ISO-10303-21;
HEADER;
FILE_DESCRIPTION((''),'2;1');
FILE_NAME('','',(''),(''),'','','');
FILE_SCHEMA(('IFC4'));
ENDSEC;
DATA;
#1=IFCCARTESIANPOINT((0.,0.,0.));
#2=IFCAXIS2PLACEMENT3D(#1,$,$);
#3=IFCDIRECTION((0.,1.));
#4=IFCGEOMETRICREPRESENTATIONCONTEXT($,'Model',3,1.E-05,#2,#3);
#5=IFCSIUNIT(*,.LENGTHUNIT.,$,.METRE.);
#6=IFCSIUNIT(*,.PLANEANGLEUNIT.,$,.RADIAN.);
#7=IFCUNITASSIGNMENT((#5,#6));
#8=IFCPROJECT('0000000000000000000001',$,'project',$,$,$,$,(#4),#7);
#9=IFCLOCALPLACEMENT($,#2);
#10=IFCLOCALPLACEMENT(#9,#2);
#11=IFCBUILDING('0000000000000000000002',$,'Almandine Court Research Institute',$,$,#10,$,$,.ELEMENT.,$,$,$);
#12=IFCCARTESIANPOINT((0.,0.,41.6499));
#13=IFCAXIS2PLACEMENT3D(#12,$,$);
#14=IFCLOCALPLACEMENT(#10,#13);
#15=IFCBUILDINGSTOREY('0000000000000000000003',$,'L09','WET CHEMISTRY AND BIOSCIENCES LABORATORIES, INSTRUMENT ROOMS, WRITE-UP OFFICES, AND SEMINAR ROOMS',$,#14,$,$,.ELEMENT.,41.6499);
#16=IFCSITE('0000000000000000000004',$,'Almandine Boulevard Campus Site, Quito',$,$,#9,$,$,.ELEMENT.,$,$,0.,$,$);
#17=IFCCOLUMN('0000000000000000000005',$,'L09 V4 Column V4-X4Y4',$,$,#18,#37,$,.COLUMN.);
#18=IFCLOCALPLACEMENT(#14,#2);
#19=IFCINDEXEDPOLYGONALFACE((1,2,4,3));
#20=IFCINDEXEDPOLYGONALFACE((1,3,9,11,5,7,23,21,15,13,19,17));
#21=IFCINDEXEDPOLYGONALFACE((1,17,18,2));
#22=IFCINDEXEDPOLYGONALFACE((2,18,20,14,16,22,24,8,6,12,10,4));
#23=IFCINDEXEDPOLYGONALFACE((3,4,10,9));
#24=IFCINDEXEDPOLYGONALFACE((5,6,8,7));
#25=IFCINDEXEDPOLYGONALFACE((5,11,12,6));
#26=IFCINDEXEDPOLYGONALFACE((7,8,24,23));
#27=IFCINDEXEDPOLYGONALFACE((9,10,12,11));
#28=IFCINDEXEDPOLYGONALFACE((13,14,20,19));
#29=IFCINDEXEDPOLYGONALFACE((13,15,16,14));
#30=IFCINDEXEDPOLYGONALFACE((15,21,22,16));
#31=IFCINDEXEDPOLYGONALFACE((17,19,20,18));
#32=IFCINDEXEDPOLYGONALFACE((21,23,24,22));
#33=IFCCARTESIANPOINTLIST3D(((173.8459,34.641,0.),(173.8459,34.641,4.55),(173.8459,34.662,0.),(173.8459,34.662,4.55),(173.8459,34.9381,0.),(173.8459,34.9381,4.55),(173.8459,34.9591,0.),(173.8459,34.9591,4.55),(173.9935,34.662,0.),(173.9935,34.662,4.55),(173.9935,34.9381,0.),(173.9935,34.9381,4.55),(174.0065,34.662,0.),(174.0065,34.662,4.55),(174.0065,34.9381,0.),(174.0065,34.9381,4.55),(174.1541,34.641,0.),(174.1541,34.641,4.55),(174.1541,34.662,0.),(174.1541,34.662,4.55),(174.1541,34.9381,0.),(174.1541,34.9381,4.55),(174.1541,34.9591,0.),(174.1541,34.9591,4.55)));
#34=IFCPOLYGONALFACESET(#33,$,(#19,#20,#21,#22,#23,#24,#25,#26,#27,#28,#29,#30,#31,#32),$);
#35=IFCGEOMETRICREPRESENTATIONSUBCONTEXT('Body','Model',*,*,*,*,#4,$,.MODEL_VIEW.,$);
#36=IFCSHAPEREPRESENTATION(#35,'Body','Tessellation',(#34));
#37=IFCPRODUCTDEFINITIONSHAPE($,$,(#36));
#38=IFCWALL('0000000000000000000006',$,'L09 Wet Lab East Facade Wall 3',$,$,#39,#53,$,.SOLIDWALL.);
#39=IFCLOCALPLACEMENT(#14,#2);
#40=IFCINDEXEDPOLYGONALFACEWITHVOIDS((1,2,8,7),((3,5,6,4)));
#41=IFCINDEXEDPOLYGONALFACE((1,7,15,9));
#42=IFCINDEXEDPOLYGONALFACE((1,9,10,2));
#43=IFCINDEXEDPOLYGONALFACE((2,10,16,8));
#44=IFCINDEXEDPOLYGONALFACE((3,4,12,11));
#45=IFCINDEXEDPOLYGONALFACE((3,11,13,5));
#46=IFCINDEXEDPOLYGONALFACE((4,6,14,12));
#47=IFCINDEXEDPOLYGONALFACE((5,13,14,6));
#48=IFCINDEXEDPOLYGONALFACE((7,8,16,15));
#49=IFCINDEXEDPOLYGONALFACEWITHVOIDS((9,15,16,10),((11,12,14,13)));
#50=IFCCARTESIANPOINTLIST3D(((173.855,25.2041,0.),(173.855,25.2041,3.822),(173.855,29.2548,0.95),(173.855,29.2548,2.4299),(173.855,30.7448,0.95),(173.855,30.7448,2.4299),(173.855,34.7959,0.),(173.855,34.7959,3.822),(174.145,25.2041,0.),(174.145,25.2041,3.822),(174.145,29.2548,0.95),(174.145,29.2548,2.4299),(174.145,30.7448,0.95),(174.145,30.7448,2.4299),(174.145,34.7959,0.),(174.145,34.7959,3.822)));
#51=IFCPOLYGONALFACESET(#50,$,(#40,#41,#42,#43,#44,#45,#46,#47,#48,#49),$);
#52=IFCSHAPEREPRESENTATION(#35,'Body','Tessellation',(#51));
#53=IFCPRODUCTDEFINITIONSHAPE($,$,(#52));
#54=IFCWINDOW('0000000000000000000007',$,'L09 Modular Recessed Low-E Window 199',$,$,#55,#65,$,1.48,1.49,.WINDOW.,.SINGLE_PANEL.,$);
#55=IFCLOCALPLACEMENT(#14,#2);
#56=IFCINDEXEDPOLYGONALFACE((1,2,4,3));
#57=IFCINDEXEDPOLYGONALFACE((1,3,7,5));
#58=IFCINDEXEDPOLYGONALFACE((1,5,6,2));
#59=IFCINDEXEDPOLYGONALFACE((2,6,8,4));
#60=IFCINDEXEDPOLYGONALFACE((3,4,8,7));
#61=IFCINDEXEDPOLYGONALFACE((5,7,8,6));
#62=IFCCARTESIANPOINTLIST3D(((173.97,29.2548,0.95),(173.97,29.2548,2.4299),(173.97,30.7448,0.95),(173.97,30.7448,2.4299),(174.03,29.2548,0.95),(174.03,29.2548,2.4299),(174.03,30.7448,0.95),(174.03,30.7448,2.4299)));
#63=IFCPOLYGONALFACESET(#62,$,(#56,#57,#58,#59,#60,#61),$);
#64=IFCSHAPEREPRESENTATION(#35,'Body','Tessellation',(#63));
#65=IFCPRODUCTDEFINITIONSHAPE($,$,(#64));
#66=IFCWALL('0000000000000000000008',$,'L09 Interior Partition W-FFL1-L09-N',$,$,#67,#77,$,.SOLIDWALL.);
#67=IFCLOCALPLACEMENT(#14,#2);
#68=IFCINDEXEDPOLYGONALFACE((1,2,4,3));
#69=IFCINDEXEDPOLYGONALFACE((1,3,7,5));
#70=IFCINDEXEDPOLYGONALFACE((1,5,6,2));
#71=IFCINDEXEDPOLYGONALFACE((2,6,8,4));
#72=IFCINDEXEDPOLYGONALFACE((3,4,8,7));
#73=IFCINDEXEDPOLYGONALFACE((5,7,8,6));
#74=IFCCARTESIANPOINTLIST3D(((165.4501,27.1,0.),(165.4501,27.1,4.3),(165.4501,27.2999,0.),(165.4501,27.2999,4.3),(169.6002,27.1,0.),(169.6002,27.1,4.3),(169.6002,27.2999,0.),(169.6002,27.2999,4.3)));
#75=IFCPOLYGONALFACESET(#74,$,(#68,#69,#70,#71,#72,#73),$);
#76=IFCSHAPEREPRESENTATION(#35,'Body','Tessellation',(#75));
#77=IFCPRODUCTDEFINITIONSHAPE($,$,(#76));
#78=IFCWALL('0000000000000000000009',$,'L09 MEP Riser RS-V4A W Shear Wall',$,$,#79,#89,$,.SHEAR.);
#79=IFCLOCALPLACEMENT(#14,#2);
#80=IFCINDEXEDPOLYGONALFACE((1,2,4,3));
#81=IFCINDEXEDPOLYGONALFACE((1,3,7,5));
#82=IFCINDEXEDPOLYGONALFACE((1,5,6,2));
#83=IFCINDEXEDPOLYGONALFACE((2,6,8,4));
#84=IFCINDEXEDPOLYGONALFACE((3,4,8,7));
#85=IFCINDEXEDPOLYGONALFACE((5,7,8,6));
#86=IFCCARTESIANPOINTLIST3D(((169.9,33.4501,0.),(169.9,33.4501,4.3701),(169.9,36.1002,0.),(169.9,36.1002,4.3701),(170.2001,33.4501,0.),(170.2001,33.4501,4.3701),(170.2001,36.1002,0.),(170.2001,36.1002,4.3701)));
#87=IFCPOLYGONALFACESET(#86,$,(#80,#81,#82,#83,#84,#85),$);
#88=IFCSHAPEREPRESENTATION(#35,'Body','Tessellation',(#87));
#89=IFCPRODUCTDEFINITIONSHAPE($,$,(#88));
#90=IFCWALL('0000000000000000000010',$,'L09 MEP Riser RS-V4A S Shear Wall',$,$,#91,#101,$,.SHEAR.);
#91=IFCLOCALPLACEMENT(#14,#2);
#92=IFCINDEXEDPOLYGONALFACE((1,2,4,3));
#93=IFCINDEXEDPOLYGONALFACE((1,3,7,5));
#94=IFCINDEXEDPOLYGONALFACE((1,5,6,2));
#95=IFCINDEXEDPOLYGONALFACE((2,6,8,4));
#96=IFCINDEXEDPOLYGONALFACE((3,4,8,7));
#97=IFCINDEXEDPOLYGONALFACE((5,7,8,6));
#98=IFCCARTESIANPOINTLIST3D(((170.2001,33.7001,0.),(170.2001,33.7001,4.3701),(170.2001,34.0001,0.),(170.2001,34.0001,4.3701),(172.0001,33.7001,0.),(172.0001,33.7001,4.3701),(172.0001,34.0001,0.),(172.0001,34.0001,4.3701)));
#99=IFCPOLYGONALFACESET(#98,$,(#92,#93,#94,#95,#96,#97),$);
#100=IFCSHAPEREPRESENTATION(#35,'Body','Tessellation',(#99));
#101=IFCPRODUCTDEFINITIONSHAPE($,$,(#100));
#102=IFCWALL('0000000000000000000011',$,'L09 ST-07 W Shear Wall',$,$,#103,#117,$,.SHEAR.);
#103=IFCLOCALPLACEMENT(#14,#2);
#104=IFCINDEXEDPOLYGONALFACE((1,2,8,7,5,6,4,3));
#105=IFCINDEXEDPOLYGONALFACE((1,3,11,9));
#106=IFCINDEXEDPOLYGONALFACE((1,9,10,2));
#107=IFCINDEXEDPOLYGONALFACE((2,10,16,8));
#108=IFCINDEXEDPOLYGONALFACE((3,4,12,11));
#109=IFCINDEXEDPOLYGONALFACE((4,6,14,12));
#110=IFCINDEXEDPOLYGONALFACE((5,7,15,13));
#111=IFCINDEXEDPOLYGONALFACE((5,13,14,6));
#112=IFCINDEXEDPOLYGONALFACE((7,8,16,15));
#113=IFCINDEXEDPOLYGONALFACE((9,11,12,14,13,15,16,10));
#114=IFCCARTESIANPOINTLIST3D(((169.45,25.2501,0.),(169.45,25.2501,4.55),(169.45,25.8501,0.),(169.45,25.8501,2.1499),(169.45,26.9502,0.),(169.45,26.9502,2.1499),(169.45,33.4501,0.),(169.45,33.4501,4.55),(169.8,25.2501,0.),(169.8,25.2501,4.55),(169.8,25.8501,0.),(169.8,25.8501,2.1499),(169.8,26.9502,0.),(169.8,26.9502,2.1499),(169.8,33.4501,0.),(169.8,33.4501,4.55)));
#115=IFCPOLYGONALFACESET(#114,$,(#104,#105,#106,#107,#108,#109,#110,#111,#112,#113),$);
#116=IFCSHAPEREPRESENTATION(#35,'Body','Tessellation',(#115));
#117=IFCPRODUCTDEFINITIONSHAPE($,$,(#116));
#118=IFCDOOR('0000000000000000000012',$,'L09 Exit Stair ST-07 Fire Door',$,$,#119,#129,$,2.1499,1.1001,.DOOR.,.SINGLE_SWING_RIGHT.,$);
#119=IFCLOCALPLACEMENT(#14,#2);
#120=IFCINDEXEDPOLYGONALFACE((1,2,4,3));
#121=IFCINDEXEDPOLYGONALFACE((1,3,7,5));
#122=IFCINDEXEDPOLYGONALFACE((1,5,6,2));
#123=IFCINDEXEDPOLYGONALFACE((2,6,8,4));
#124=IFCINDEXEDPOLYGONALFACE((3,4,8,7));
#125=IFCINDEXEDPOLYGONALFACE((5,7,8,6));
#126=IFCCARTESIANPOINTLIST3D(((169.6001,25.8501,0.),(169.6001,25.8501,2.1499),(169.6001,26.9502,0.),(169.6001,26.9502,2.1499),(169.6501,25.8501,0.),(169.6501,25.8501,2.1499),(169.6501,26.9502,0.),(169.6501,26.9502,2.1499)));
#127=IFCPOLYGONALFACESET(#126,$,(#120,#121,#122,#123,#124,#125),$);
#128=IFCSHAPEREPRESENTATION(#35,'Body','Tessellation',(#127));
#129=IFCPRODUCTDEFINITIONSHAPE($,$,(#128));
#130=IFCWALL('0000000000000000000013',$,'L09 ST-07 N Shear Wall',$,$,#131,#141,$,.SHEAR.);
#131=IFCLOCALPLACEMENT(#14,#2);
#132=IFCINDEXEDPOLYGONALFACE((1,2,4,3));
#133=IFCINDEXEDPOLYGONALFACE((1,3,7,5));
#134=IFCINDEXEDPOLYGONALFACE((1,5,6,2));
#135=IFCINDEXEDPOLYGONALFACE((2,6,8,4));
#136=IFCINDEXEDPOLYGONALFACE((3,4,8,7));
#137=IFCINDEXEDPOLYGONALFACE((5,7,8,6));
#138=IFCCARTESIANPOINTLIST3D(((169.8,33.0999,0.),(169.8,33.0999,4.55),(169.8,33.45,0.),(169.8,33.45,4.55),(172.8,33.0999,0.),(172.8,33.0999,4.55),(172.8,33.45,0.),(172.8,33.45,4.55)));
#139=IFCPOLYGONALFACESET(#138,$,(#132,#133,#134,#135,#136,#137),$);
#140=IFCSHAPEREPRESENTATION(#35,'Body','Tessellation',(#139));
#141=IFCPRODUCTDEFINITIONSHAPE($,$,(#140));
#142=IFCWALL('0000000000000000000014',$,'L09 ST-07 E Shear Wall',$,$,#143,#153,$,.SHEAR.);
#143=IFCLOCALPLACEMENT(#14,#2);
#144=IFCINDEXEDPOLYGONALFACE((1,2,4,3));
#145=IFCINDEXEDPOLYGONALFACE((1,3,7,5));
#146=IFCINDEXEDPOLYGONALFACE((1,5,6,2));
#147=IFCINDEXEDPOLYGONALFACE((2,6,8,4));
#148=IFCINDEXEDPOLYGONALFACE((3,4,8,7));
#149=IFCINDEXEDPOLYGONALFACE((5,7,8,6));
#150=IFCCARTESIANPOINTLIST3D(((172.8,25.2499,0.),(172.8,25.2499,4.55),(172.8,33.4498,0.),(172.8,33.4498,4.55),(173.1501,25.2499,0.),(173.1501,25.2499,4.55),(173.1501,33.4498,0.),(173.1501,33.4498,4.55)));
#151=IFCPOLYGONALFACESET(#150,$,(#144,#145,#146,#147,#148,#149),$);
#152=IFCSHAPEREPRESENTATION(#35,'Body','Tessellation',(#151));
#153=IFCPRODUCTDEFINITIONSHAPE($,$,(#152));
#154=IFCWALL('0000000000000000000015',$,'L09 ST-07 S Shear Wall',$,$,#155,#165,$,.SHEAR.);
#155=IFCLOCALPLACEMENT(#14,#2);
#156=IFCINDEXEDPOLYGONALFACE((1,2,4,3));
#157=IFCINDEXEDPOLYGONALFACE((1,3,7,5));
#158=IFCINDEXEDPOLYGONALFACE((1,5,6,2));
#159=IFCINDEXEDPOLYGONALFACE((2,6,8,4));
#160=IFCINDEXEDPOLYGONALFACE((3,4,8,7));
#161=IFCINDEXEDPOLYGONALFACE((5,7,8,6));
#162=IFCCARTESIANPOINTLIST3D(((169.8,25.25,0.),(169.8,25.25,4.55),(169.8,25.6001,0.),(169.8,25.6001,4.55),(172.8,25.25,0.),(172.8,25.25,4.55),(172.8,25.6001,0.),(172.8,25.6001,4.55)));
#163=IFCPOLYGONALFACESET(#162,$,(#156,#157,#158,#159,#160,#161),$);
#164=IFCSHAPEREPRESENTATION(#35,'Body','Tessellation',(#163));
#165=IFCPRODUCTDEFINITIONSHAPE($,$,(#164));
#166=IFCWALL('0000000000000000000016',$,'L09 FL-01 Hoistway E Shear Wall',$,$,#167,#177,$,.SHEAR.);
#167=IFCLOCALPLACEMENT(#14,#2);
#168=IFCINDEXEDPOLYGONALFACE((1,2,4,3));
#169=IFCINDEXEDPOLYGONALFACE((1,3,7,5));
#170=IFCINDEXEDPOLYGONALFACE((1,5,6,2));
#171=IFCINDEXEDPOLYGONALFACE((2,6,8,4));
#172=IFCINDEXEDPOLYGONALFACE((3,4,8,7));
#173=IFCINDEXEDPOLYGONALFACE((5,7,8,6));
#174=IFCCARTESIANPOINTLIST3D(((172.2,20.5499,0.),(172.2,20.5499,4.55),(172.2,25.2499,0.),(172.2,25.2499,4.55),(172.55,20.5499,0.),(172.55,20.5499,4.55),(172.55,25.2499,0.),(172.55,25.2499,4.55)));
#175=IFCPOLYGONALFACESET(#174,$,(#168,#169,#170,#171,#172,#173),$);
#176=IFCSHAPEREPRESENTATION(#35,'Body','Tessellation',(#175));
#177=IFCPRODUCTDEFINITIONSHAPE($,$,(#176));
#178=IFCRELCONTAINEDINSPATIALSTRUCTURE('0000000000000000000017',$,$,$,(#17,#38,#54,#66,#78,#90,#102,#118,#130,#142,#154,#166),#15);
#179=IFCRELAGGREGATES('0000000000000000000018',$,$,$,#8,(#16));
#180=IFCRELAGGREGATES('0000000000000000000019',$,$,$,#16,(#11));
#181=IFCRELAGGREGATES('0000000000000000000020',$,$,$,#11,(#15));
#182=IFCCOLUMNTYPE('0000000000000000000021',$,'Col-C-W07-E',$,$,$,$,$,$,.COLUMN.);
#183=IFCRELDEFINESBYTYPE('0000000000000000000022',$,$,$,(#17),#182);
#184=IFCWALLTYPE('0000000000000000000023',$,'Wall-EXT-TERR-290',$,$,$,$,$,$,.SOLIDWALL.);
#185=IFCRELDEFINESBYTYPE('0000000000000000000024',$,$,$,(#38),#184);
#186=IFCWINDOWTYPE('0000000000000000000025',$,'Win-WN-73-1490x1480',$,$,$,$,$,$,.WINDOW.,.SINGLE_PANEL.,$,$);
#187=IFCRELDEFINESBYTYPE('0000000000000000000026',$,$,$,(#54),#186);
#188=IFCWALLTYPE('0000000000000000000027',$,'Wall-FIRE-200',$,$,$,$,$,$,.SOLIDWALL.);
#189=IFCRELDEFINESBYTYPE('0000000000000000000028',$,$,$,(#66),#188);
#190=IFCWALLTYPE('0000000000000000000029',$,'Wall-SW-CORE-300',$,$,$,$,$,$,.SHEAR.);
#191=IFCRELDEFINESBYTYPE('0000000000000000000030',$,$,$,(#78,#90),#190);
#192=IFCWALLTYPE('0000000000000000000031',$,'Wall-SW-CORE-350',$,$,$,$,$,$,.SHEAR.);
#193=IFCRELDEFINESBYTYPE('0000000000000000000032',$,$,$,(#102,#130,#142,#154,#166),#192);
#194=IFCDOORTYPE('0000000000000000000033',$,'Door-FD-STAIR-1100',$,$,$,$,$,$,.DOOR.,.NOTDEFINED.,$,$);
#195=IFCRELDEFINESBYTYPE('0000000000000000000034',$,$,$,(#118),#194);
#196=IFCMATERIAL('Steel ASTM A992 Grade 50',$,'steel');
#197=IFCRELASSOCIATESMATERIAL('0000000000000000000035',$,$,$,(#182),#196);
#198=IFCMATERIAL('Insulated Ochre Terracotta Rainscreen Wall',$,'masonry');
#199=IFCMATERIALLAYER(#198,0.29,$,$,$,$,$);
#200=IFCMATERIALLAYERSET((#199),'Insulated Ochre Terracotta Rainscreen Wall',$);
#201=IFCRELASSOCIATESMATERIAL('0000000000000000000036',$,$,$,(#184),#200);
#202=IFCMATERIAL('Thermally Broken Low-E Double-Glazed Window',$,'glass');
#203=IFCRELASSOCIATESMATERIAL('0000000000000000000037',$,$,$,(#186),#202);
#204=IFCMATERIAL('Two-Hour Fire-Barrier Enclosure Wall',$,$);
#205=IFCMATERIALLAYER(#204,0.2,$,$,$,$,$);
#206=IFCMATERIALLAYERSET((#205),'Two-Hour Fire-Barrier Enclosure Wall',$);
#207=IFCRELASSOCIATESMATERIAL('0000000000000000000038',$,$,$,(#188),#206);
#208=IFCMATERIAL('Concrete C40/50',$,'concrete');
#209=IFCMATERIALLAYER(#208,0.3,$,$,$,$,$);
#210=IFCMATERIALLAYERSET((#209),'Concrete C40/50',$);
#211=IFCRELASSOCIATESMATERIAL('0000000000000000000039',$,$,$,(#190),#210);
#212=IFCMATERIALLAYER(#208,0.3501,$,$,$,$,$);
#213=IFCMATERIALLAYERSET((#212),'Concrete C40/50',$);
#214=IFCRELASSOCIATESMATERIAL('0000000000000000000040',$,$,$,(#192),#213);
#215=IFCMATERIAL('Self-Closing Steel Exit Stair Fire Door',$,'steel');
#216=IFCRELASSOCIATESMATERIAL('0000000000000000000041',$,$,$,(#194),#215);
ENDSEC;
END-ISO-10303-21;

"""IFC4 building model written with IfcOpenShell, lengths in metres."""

from ifc_helpers import new_model, si_unit, direction, frame, frame_2d, origin, origin_2d, place, context, subcontext, project, spatial, rectangle, i_section, extrude, material, layer, layer_set, material_profile, profile_set, type_object, element, fill, save


model = new_model("IFC4")

# Units and contexts
model_context = context("Model", 3, precision=1e-05, world=origin(), true_north=direction((0.0, 1.0)))
body_context = subcontext(model_context, "Body", "Model", "MODEL_VIEW")
ifc_project = project(units=[si_unit("LENGTHUNIT", "METRE"), si_unit("PLANEANGLEUNIT", "RADIAN")], contexts=[model_context])

# Site, building, storey
site_placement = place(None, origin())
site = spatial("IfcSite", under=ifc_project, at=site_placement, Name="Almandine Boulevard Campus Site, Quito", CompositionType="ELEMENT", RefElevation=0.0)
building_placement = place(site_placement, origin())
building = spatial("IfcBuilding", under=site, at=building_placement, Name="Almandine Court Research Institute", CompositionType="ELEMENT")
storey_placement = place(building_placement, frame((0.0, 0.0, 41.6499)))
storey = spatial("IfcBuildingStorey", under=building, at=storey_placement, Name="L09", Description="WET CHEMISTRY AND BIOSCIENCES LABORATORIES, INSTRUMENT ROOMS, WRITE-UP OFFICES, AND SEMINAR ROOMS", CompositionType="ELEMENT", Elevation=41.6499)

# Column
ifc_material_1 = material(Name="Steel ASTM A992 Grade 50", Category="steel")
ifc_material_profile = material_profile(ifc_material_1, i_section(OverallWidth=0.3081, OverallDepth=0.3181, WebThickness=0.0129, FlangeThickness=0.021, at=origin_2d()), Name="W310x129")
ifc_profile_set = profile_set([ifc_material_profile], Name="Steel ASTM A992 Grade 50")
column_type = type_object("IfcColumnType", Name="Col-C-W07-E", PredefinedType="COLUMN", material=ifc_profile_set)
column_placement = place(storey_placement, frame((174.0, 34.8, 0.0), z_axis=(0.0, 0.0, 1.0), x_axis=(1.0, 0.0, 0.0)))
element("IfcColumn", 1, at=column_placement, inside=storey, type_object=column_type, Name="L09 V4 Column V4-X4Y4", PredefinedType="COLUMN", context=body_context, shape_type="SweptSolid", body=[
    extrude(i_section(OverallWidth=0.3081, OverallDepth=0.3181, WebThickness=0.0129, FlangeThickness=0.021, at=origin_2d()), origin(), (0.0, 0.0, 1.0), 4.55),
])

# Wall, opening, window
ifc_material_2 = material(Name="Insulated Ochre Terracotta Rainscreen Wall", Category="masonry")
ifc_layer_1 = layer(ifc_material_2, 0.29)
ifc_layer_set_1 = layer_set([ifc_layer_1], Name="Insulated Ochre Terracotta Rainscreen Wall")
wall_type_1 = type_object("IfcWallType", Name="Wall-EXT-TERR-290", PredefinedType="SOLIDWALL", material=ifc_layer_set_1)
wall_1_placement = place(storey_placement, frame((174.0, 34.7959, 0.0), z_axis=(0.0, 0.0, 1.0), x_axis=(0.0, -1.0, 0.0)))
wall_1 = element("IfcWall", 2, at=wall_1_placement, inside=storey, type_object=wall_type_1, Name="L09 Wet Lab East Facade Wall 3", PredefinedType="SOLIDWALL", context=body_context, shape_type="SweptSolid", body=[
    extrude(rectangle(XDim=9.5918, YDim=0.29, at=frame_2d((4.7959, 0.0))), origin(), (0.0, 0.0, 1.0), 3.822),
])
opening_1_placement = place(wall_1_placement, frame((4.051, 0.0, 0.95)))
opening_1 = element("IfcOpeningElement", 3, at=opening_1_placement, cuts=wall_1, PredefinedType="OPENING", context=body_context, shape_type="SweptSolid", body=[
    extrude(rectangle(XDim=1.49, YDim=1.48, at=frame_2d((0.7451, 0.74))), frame((0.0, 0.155, 0.0), z_axis=(0.0, -1.0, 0.0), x_axis=(1.0, 0.0, 0.0)), (0.0, 0.0, 1.0), 0.3101),
])
ifc_material_3 = material(Name="Thermally Broken Low-E Double-Glazed Window", Category="glass")
window_type = type_object("IfcWindowType", Name="Win-WN-73-1490x1480", PartitioningType="SINGLE_PANEL", PredefinedType="WINDOW", material=ifc_material_3)
window_placement = place(opening_1_placement, origin())
window = element("IfcWindow", 4, at=window_placement, inside=storey, type_object=window_type, Name="L09 Modular Recessed Low-E Window 199", OverallHeight=1.48, OverallWidth=1.49, PartitioningType="SINGLE_PANEL", PredefinedType="WINDOW", context=body_context, shape_type="SweptSolid", body=[
    extrude(rectangle(XDim=1.49, YDim=1.48, at=frame_2d((0.7451, 0.74))), frame((0.0, 0.03, 0.0), z_axis=(0.0, -1.0, 0.0), x_axis=(1.0, 0.0, 0.0)), (0.0, 0.0, 1.0), 0.0601),
])
fill(opening_1, window)

# Walls
ifc_material_4 = material(Name="Two-Hour Fire-Barrier Enclosure Wall")
ifc_layer_2 = layer(ifc_material_4, 0.2)
ifc_layer_set_2 = layer_set([ifc_layer_2], Name="Two-Hour Fire-Barrier Enclosure Wall")
wall_type_2 = type_object("IfcWallType", Name="Wall-FIRE-200", PredefinedType="SOLIDWALL", material=ifc_layer_set_2)
wall_2_placement = place(storey_placement, frame((165.45, 27.2, 0.0), z_axis=(0.0, 0.0, 1.0), x_axis=(1.0, 0.0, 0.0)))
element("IfcWall", 5, at=wall_2_placement, inside=storey, type_object=wall_type_2, Name="L09 Interior Partition W-FFL1-L09-N", PredefinedType="SOLIDWALL", context=body_context, shape_type="SweptSolid", body=[
    extrude(rectangle(XDim=4.1501, YDim=0.2, at=frame_2d((2.0752, 0.0))), origin(), (0.0, 0.0, 1.0), 4.3),
])
ifc_material_5 = material(Name="Concrete C40/50", Category="concrete")
ifc_layer_3 = layer(ifc_material_5, 0.3)
ifc_layer_set_3 = layer_set([ifc_layer_3], Name="Concrete C40/50")
wall_type_3 = type_object("IfcWallType", Name="Wall-SW-CORE-300", PredefinedType="SHEAR", material=ifc_layer_set_3)
wall_3_placement = place(storey_placement, frame((170.05, 33.45, 0.0), z_axis=(0.0, 0.0, 1.0), x_axis=(0.0, 1.0, 0.0)))
element("IfcWall", 6, at=wall_3_placement, inside=storey, type_object=wall_type_3, Name="L09 MEP Riser RS-V4A W Shear Wall", PredefinedType="SHEAR", context=body_context, shape_type="SweptSolid", body=[
    extrude(rectangle(XDim=2.6501, YDim=0.3, at=frame_2d((1.3252, 0.0))), origin(), (0.0, 0.0, 1.0), 4.3701),
])
wall_4_placement = place(storey_placement, frame((172.0, 33.8501, 0.0), z_axis=(0.0, 0.0, 1.0), x_axis=(-1.0, 0.0, 0.0)))
element("IfcWall", 7, at=wall_4_placement, inside=storey, type_object=wall_type_3, Name="L09 MEP Riser RS-V4A S Shear Wall", PredefinedType="SHEAR", context=body_context, shape_type="SweptSolid", body=[
    extrude(rectangle(XDim=1.8, YDim=0.3, at=frame_2d((0.8999, 0.0))), origin(), (0.0, 0.0, 1.0), 4.3701),
])

# Wall, opening, door
ifc_layer_4 = layer(ifc_material_5, 0.3501)
ifc_layer_set_4 = layer_set([ifc_layer_4], Name="Concrete C40/50")
wall_type_4 = type_object("IfcWallType", Name="Wall-SW-CORE-350", PredefinedType="SHEAR", material=ifc_layer_set_4)
wall_5_placement = place(storey_placement, frame((169.625, 25.25, 0.0), z_axis=(0.0, 0.0, 1.0), x_axis=(0.0, 1.0, 0.0)))
wall_5 = element("IfcWall", 8, at=wall_5_placement, inside=storey, type_object=wall_type_4, Name="L09 ST-07 W Shear Wall", PredefinedType="SHEAR", context=body_context, shape_type="SweptSolid", body=[
    extrude(rectangle(XDim=8.2, YDim=0.3501, at=frame_2d((4.1001, 0.0))), origin(), (0.0, 0.0, 1.0), 4.55),
])
opening_2_placement = place(wall_5_placement, frame((0.6001, 0.0, 0.0)))
opening_2 = element("IfcOpeningElement", 9, at=opening_2_placement, cuts=wall_5, PredefinedType="OPENING", context=body_context, shape_type="SweptSolid", body=[
    extrude(rectangle(XDim=1.1001, YDim=2.1499, at=frame_2d((0.55, 1.075))), frame((0.0, 0.1851, 0.0), z_axis=(0.0, -1.0, 0.0), x_axis=(1.0, 0.0, 0.0)), (0.0, 0.0, 1.0), 0.3701),
])
ifc_material_6 = material(Name="Self-Closing Steel Exit Stair Fire Door", Category="steel")
door_type = type_object("IfcDoorType", Name="Door-FD-STAIR-1100", OperationType="NOTDEFINED", PredefinedType="DOOR", material=ifc_material_6)
door_placement = place(opening_2_placement, origin())
door = element("IfcDoor", 10, at=door_placement, inside=storey, type_object=door_type, Name="L09 Exit Stair ST-07 Fire Door", OperationType="SINGLE_SWING_RIGHT", OverallHeight=2.1499, OverallWidth=1.1001, PredefinedType="DOOR", context=body_context, shape_type="SweptSolid", body=[
    extrude(rectangle(XDim=1.1001, YDim=2.1499, at=frame_2d((0.55, 1.075))), frame((0.0, 0.0249, 0.0), z_axis=(0.0, -1.0, 0.0), x_axis=(1.0, 0.0, 0.0)), (0.0, 0.0, 1.0), 0.05),
])
fill(opening_2, door)

# Walls
wall_6_placement = place(storey_placement, frame((169.8, 33.2749, 0.0), z_axis=(0.0, 0.0, 1.0), x_axis=(1.0, 0.0, 0.0)))
element("IfcWall", 11, at=wall_6_placement, inside=storey, type_object=wall_type_4, Name="L09 ST-07 N Shear Wall", PredefinedType="SHEAR", context=body_context, shape_type="SweptSolid", body=[
    extrude(rectangle(XDim=3.0, YDim=0.3501, at=frame_2d((1.5, 0.0))), origin(), (0.0, 0.0, 1.0), 4.55),
])
wall_7_placement = place(storey_placement, frame((172.9751, 33.45, 0.0), z_axis=(0.0, 0.0, 1.0), x_axis=(0.0, -1.0, 0.0)))
element("IfcWall", 12, at=wall_7_placement, inside=storey, type_object=wall_type_4, Name="L09 ST-07 E Shear Wall", PredefinedType="SHEAR", context=body_context, shape_type="SweptSolid", body=[
    extrude(rectangle(XDim=8.2, YDim=0.3501, at=frame_2d((4.1001, 0.0))), origin(), (0.0, 0.0, 1.0), 4.55),
])
wall_8_placement = place(storey_placement, frame((172.8, 25.425, 0.0), z_axis=(0.0, 0.0, 1.0), x_axis=(-1.0, 0.0, 0.0)))
element("IfcWall", 13, at=wall_8_placement, inside=storey, type_object=wall_type_4, Name="L09 ST-07 S Shear Wall", PredefinedType="SHEAR", context=body_context, shape_type="SweptSolid", body=[
    extrude(rectangle(XDim=3.0, YDim=0.3501, at=frame_2d((1.5, 0.0))), origin(), (0.0, 0.0, 1.0), 4.55),
])
wall_9_placement = place(storey_placement, frame((172.375, 25.25, 0.0), z_axis=(0.0, 0.0, 1.0), x_axis=(0.0, -1.0, 0.0)))
element("IfcWall", 14, at=wall_9_placement, inside=storey, type_object=wall_type_4, Name="L09 FL-01 Hoistway E Shear Wall", PredefinedType="SHEAR", context=body_context, shape_type="SweptSolid", body=[
    extrude(rectangle(XDim=4.7, YDim=0.3501, at=frame_2d((2.3501, 0.0))), origin(), (0.0, 0.0, 1.0), 4.55),
])

save(model, "model.ifc")
